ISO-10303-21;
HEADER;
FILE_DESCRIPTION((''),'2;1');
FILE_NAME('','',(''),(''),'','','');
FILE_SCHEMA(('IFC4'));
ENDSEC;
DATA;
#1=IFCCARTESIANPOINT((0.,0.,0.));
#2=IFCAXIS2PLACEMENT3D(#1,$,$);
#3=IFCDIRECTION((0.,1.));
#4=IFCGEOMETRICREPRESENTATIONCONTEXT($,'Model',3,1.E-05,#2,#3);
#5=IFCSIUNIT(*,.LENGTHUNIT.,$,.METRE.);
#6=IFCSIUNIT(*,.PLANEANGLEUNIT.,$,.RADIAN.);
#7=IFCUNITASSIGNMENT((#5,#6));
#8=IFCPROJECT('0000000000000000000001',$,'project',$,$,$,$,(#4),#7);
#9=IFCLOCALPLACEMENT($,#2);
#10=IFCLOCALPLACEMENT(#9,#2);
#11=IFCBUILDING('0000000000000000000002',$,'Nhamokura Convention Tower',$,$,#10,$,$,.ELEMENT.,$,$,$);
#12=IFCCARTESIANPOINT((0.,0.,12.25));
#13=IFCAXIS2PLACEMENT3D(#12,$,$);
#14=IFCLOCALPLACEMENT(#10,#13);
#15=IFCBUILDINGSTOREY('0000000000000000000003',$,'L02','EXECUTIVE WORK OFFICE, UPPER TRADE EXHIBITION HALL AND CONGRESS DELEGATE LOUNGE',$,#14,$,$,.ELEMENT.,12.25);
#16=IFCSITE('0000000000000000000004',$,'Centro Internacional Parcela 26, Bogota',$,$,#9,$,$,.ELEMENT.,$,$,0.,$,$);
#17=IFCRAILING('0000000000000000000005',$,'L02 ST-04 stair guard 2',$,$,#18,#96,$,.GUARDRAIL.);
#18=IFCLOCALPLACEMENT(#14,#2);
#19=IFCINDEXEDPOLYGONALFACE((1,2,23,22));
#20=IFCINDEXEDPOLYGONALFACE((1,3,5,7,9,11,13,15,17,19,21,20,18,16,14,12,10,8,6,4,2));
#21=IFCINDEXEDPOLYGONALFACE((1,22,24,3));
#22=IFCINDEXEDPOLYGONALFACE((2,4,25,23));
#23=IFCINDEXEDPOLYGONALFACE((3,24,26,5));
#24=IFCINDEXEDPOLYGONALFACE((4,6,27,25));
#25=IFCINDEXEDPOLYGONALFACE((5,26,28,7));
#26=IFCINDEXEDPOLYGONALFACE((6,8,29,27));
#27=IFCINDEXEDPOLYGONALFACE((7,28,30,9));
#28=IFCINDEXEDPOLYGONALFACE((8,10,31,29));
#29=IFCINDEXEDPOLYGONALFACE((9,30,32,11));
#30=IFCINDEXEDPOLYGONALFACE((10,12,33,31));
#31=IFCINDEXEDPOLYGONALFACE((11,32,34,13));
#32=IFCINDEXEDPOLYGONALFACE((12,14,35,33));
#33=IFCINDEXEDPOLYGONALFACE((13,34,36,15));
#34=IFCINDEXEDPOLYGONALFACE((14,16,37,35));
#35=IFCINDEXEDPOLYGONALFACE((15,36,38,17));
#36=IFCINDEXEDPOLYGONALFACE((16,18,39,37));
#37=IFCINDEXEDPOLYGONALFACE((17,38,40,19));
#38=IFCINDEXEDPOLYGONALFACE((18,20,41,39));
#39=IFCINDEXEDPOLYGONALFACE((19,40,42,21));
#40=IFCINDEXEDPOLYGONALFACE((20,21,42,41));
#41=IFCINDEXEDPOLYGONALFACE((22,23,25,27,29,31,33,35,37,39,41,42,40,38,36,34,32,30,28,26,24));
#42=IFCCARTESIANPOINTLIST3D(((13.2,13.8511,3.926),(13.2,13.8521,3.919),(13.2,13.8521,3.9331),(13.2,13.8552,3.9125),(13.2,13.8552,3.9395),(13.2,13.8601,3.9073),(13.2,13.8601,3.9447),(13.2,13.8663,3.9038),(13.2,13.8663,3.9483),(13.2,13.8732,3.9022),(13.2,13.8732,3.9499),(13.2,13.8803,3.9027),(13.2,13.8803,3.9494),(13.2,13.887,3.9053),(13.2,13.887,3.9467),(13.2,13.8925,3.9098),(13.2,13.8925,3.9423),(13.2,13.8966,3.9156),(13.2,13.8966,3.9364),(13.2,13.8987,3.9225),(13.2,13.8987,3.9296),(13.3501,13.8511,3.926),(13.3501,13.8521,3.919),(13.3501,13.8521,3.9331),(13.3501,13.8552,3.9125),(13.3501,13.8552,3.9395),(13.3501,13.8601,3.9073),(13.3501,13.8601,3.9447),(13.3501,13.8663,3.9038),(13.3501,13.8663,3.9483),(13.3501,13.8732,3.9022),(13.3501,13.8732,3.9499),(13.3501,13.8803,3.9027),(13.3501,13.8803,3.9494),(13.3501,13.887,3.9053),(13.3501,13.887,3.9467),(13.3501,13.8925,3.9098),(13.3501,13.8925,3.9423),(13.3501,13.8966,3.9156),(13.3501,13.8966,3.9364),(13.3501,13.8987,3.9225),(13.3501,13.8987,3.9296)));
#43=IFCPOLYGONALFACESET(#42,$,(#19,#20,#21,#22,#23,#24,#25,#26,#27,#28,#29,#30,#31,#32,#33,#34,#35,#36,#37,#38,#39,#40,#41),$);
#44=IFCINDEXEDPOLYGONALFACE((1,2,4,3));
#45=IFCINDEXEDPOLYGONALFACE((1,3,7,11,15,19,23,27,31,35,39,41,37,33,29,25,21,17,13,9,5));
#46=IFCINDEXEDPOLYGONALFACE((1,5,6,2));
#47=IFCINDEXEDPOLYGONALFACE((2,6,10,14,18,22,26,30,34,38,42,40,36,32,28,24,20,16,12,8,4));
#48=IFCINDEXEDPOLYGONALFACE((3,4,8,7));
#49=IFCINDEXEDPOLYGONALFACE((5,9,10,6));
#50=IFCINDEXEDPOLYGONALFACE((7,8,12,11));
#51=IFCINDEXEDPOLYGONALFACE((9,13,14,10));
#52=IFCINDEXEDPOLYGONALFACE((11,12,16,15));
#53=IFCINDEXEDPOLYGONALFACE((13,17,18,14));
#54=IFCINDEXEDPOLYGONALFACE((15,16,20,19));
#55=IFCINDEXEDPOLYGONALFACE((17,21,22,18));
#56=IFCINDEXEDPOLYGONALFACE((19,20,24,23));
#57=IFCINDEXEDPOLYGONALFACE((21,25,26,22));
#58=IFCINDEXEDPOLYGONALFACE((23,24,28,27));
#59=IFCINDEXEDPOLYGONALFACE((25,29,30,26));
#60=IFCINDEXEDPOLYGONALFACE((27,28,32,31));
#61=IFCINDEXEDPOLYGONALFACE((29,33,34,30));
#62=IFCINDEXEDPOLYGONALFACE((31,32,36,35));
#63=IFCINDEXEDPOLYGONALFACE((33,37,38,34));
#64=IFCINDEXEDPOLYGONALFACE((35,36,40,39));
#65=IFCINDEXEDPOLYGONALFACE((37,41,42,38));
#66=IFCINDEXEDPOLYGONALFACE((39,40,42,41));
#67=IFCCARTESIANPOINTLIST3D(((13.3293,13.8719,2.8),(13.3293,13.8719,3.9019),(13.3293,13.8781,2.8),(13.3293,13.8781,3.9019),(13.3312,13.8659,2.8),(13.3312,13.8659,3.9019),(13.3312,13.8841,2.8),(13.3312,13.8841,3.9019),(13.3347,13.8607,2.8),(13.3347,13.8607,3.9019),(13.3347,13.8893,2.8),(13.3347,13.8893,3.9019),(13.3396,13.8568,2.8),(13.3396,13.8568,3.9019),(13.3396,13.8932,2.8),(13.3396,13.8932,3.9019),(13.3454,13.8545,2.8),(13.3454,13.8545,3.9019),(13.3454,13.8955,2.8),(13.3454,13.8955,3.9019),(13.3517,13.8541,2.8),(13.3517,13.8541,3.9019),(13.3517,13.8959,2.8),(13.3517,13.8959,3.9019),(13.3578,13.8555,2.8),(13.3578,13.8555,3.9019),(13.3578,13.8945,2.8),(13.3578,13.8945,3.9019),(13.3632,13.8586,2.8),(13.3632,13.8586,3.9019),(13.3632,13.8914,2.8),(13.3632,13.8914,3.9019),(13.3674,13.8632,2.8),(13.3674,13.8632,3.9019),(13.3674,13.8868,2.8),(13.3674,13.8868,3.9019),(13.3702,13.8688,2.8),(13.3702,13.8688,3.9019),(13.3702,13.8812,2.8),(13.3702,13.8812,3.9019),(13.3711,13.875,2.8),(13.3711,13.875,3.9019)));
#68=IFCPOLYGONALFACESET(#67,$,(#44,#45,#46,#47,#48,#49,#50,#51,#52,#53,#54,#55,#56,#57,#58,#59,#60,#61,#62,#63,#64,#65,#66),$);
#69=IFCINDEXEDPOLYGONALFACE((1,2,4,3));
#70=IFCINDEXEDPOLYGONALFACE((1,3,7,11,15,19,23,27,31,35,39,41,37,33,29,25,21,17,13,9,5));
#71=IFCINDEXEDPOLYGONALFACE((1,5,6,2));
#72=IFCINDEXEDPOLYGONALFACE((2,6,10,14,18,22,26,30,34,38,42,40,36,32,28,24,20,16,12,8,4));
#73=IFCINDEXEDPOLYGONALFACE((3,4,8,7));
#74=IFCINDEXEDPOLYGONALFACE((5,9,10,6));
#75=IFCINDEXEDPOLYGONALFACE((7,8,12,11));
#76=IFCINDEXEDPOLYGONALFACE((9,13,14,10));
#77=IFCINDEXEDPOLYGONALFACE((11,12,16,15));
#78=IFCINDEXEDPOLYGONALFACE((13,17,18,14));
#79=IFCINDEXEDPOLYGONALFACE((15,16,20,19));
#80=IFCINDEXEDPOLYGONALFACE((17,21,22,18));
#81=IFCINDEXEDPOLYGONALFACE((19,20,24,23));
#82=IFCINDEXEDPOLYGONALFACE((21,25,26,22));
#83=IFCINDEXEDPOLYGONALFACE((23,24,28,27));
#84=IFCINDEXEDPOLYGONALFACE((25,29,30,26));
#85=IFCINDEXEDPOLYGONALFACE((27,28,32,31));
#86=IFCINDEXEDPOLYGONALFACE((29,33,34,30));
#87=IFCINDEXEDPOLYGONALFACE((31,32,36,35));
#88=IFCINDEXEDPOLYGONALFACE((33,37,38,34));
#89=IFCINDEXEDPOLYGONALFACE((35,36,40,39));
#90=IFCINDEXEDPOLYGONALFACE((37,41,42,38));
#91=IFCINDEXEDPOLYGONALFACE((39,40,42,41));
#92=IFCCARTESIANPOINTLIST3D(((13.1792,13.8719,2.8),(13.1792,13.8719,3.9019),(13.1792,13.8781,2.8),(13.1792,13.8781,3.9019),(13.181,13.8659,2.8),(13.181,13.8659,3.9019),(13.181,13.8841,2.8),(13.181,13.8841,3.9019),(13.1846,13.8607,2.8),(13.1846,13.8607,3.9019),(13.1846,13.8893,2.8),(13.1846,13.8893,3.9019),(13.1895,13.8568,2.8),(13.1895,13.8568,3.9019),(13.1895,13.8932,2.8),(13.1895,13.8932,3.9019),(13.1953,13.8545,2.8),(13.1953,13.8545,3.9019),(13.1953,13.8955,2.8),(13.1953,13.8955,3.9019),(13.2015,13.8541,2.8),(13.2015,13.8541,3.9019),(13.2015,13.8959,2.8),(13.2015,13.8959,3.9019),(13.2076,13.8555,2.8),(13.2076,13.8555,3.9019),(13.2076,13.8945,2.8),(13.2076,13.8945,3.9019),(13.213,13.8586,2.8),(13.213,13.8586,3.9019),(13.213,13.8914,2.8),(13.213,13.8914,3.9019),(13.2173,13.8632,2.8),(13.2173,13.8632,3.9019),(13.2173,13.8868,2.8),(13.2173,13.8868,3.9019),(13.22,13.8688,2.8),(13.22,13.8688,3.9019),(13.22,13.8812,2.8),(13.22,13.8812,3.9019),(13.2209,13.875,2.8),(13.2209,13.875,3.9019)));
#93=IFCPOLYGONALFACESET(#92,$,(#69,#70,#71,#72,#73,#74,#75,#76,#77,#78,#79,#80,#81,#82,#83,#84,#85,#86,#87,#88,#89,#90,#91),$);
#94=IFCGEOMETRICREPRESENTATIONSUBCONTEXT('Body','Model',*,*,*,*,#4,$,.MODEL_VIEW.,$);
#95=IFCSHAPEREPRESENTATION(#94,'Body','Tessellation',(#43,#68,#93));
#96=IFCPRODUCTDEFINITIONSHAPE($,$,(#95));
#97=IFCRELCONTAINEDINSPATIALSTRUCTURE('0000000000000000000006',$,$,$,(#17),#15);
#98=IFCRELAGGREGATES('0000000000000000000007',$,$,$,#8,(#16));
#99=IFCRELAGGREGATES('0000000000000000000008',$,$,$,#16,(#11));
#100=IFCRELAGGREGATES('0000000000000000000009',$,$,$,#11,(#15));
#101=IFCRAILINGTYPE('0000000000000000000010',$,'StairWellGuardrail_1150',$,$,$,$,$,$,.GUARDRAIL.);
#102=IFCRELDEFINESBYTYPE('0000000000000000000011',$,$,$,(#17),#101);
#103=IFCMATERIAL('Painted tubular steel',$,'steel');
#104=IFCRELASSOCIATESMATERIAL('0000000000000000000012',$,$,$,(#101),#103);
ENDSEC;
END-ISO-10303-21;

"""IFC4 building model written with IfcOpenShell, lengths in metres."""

from ifc_helpers import new_model, si_unit, direction, frame, origin, origin_2d, place, context, subcontext, project, spatial, circle, extrude, material, type_object, element, save


model = new_model("IFC4")

# Units and contexts
model_context = context("Model", 3, precision=1e-05, world=origin(), true_north=direction((0.0, 1.0)))
body_context = subcontext(model_context, "Body", "Model", "MODEL_VIEW")
ifc_project = project(units=[si_unit("LENGTHUNIT", "METRE"), si_unit("PLANEANGLEUNIT", "RADIAN")], contexts=[model_context])

# Site, building, storey
site_placement = place(None, origin())
site = spatial("IfcSite", under=ifc_project, at=site_placement, Name="Centro Internacional Parcela 26, Bogota", CompositionType="ELEMENT", RefElevation=0.0)
building_placement = place(site_placement, origin())
building = spatial("IfcBuilding", under=site, at=building_placement, Name="Nhamokura Convention Tower", CompositionType="ELEMENT")
storey_placement = place(building_placement, frame((0.0, 0.0, 12.25)))
storey = spatial("IfcBuildingStorey", under=building, at=storey_placement, Name="L02", Description="EXECUTIVE WORK OFFICE, UPPER TRADE EXHIBITION HALL AND CONGRESS DELEGATE LOUNGE", CompositionType="ELEMENT", Elevation=12.25)

# Railing
ifc_material_1 = material(Name="Painted tubular steel", Category="steel")
railing_type_1 = type_object("IfcRailingType", Name="StairWellGuardrail_1150", PredefinedType="GUARDRAIL", material=ifc_material_1)
railing_1_placement = place(storey_placement, frame((13.3501, 13.875, 2.8)))
element("IfcRailing", 1, at=railing_1_placement, inside=storey, type_object=railing_type_1, Name="L02 ST-04 stair guard 2", PredefinedType="GUARDRAIL", context=body_context, shape_type="SweptSolid", body=[
    extrude(circle(Radius=0.0239, at=origin_2d()), frame((0.0, 0.0, 1.126), z_axis=(-1.0, 0.0, 0.0), x_axis=(0.0, -1.0, 0.0)), (0.0, 0.0, 1.0), 0.1501),
    extrude(circle(Radius=0.021, at=origin_2d()), origin(), (0.0, 0.0, 1.0), 1.1018),
    extrude(circle(Radius=0.021, at=origin_2d()), frame((-0.1501, 0.0, 0.0)), (0.0, 0.0, 1.0), 1.1018),
])

save(model, "model.ifc")
